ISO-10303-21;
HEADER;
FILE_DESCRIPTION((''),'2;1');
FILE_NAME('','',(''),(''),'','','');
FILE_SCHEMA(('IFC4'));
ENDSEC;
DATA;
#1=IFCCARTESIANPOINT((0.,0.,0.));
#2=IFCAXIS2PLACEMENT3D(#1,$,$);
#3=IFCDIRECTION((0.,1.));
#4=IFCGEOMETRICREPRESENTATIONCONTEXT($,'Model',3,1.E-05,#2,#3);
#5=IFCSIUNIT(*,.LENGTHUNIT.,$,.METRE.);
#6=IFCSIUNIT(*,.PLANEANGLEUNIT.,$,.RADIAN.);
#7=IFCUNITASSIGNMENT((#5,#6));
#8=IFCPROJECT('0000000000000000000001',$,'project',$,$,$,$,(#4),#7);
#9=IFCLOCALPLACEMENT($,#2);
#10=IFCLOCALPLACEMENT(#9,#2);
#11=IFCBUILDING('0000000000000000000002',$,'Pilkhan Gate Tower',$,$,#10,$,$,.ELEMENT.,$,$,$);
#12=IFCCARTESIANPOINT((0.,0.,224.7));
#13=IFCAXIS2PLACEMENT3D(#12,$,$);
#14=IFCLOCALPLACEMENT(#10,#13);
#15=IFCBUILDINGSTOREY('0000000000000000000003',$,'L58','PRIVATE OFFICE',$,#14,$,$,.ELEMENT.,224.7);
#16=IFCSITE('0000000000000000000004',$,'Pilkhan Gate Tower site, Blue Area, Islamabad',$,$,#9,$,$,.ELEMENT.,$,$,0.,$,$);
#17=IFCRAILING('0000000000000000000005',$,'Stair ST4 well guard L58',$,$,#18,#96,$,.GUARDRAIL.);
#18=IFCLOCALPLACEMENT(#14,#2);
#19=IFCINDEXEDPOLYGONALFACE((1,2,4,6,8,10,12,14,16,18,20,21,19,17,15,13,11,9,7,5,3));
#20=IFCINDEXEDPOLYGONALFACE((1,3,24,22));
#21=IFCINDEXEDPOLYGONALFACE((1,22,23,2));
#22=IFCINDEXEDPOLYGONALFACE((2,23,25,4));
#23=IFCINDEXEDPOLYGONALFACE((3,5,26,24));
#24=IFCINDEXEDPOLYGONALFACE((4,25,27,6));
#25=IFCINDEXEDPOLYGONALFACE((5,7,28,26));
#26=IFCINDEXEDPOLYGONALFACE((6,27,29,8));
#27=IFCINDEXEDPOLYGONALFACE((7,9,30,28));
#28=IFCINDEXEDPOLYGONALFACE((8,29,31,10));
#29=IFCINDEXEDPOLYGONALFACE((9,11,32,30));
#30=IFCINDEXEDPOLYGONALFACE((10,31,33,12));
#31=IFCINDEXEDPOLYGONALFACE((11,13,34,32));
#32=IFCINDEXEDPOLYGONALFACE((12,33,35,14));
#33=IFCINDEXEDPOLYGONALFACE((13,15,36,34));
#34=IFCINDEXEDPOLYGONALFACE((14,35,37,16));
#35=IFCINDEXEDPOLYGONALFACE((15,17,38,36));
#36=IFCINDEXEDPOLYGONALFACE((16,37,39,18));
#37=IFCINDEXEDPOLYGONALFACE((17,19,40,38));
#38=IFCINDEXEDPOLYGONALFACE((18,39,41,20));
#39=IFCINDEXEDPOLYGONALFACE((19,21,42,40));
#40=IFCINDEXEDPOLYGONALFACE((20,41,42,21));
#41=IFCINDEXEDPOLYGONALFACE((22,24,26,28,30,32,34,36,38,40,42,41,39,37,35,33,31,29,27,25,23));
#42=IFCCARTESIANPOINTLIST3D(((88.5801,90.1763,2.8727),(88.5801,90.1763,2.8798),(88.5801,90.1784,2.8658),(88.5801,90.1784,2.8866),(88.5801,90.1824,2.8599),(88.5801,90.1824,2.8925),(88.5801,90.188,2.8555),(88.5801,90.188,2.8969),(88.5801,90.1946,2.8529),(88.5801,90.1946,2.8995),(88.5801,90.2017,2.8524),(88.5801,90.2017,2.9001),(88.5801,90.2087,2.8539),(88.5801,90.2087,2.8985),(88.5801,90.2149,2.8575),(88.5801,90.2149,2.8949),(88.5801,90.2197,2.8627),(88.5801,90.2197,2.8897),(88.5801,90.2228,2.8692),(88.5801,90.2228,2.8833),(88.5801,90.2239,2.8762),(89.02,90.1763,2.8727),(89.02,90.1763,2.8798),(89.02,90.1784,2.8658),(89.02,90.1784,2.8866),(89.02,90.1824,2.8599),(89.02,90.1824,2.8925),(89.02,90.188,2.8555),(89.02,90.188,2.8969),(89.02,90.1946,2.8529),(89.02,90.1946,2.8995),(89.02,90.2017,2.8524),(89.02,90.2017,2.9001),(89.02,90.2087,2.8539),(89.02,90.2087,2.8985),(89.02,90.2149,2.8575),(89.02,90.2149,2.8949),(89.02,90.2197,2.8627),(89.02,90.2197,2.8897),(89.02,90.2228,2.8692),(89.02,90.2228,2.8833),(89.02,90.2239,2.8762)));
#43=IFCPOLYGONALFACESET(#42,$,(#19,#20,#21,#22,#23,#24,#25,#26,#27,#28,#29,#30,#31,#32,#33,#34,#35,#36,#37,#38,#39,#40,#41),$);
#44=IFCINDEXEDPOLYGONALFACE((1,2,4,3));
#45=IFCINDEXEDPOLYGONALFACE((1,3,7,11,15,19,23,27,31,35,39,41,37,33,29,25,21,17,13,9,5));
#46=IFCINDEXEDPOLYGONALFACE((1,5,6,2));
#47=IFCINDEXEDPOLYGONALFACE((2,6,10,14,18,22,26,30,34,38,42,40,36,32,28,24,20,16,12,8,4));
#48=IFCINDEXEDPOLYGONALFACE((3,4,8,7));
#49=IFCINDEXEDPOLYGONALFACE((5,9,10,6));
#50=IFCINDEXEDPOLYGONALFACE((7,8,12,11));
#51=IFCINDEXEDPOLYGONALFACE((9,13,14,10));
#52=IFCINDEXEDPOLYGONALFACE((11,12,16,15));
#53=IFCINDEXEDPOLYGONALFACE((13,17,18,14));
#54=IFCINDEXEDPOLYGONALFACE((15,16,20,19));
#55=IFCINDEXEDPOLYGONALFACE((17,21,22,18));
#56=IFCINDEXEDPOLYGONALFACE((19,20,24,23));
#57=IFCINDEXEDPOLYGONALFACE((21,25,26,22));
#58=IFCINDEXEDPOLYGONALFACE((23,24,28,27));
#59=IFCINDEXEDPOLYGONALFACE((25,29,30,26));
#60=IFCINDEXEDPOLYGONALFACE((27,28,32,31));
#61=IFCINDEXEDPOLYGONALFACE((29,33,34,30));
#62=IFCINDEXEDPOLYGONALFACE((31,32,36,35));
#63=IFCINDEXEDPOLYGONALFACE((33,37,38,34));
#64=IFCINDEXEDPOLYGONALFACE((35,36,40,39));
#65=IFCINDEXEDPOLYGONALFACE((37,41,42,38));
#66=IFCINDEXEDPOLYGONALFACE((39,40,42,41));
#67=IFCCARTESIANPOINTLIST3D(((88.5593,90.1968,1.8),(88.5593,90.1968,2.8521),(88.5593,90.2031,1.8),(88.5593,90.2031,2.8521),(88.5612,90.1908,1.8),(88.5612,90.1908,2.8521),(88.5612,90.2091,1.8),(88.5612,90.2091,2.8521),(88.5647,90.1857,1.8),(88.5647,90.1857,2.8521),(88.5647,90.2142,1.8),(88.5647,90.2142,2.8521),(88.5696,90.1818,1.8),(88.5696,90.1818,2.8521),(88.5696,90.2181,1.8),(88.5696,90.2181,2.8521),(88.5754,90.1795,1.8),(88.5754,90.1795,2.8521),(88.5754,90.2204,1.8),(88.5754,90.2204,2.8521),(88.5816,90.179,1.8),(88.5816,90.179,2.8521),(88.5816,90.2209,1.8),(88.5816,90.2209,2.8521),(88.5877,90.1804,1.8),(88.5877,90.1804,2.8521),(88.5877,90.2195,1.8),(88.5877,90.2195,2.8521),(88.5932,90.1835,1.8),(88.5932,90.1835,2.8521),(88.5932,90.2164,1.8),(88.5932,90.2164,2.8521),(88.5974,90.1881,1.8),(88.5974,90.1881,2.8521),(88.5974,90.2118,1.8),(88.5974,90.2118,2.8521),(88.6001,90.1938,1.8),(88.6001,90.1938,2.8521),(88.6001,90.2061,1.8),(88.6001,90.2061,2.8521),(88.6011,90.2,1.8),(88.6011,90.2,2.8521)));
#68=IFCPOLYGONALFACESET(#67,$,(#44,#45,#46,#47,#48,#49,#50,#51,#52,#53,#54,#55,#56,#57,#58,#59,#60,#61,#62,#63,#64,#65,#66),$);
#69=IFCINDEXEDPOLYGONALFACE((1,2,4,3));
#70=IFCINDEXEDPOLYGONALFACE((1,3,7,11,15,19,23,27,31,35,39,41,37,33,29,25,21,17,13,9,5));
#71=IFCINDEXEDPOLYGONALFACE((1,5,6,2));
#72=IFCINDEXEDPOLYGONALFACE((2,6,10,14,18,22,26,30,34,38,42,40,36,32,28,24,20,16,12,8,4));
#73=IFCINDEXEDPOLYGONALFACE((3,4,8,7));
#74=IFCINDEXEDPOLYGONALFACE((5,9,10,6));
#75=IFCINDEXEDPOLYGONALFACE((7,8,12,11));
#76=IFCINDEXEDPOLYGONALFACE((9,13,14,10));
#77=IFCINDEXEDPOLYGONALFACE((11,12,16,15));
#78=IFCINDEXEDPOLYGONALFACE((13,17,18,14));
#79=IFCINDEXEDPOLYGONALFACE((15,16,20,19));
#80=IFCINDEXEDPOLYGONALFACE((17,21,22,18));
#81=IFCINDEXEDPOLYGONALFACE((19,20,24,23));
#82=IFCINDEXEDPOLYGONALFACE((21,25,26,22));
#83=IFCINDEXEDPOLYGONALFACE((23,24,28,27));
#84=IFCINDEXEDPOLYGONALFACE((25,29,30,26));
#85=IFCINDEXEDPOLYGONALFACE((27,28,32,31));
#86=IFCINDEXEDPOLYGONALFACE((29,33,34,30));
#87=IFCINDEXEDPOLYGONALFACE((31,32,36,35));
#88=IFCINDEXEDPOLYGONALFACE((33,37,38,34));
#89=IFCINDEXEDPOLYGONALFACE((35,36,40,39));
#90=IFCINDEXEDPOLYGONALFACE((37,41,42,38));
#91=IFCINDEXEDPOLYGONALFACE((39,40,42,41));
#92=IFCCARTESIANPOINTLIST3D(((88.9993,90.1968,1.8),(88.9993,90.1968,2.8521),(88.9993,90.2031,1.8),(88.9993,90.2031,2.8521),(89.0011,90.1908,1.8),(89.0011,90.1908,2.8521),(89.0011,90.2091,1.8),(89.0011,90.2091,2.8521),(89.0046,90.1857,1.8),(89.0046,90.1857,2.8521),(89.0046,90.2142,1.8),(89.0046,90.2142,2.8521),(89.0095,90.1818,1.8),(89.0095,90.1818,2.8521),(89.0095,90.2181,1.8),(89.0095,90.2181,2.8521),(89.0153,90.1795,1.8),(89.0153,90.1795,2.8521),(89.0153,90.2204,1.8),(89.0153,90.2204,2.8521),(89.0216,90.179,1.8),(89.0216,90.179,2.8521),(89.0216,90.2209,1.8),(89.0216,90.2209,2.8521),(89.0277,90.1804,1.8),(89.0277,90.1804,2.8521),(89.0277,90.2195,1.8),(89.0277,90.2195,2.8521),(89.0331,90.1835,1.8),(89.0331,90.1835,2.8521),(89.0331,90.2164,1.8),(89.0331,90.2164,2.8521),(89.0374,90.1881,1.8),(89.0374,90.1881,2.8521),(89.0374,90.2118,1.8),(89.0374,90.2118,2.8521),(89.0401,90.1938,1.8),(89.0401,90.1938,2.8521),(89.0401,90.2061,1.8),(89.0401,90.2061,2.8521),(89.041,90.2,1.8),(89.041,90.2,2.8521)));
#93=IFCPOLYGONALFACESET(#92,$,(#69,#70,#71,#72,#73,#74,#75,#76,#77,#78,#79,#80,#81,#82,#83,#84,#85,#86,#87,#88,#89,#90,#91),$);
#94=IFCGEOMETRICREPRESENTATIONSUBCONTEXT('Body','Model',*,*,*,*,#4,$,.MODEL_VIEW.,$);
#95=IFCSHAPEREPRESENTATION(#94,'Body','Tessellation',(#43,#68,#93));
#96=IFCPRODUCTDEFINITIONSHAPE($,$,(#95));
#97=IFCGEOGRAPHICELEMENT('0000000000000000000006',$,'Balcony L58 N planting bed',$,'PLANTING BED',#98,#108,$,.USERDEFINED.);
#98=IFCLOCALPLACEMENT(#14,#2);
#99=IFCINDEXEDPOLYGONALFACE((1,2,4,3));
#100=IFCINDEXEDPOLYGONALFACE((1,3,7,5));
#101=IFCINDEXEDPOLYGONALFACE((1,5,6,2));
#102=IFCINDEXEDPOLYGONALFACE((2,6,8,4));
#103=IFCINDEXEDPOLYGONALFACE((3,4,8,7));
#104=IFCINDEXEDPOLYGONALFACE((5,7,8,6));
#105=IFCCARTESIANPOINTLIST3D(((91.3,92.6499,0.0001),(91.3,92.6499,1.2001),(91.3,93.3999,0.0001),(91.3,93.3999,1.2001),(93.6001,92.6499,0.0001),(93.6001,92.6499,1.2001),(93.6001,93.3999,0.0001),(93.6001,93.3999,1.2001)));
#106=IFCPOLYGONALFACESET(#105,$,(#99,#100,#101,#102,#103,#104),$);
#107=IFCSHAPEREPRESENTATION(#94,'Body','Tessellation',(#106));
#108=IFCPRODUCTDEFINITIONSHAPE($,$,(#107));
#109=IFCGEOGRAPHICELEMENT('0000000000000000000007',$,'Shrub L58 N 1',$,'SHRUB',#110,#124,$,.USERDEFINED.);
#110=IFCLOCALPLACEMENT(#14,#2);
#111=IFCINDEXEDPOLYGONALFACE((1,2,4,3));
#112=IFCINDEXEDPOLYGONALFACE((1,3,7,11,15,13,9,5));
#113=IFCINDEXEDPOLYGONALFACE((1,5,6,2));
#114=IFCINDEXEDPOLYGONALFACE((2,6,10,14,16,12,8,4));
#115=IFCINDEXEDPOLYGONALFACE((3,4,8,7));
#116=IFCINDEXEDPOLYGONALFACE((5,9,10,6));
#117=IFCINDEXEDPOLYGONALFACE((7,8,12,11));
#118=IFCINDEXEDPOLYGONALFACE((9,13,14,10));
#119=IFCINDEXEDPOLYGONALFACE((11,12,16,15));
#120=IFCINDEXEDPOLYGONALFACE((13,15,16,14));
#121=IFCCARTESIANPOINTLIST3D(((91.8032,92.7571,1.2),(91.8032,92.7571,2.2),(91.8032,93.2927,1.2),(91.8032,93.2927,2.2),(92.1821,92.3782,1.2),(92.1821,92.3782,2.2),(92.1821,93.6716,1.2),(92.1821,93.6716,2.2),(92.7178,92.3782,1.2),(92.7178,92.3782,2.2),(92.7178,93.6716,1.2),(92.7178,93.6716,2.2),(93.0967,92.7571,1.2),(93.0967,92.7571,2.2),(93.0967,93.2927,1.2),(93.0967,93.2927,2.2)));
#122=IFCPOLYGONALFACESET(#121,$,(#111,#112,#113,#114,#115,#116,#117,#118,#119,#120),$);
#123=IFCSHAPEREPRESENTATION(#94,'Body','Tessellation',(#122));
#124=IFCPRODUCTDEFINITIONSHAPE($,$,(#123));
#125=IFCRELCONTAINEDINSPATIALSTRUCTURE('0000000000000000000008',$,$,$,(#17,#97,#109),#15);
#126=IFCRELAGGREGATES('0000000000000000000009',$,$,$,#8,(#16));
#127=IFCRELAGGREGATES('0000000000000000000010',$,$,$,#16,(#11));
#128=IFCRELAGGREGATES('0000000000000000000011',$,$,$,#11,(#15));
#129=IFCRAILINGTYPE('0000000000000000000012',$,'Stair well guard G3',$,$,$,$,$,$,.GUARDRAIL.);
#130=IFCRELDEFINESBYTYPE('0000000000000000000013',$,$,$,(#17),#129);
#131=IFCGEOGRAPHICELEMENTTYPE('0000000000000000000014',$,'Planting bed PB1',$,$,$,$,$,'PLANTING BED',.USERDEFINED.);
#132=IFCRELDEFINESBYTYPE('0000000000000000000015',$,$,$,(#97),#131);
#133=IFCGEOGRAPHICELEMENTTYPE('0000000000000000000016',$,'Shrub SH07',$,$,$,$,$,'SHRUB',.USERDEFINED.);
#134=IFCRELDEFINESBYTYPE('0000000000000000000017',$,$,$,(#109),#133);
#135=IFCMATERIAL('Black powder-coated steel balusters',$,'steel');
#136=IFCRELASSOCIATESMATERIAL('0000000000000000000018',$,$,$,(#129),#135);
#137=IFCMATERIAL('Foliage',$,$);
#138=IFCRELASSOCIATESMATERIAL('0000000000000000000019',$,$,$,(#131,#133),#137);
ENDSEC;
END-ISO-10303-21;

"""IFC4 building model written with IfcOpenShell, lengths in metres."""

from ifc_helpers import new_model, si_unit, direction, frame, origin, origin_2d, place, context, subcontext, project, spatial, polyline, rectangle, circle, outline, extrude, material, material_profile, profile_set, type_object, element, save


model = new_model("IFC4")

# Units and contexts
model_context = context("Model", 3, precision=1e-05, world=origin(), true_north=direction((0.0, 1.0)))
body_context = subcontext(model_context, "Body", "Model", "MODEL_VIEW")
ifc_project = project(units=[si_unit("LENGTHUNIT", "METRE"), si_unit("PLANEANGLEUNIT", "RADIAN")], contexts=[model_context])

# Site, building, storey
site_placement = place(None, origin())
site = spatial("IfcSite", under=ifc_project, at=site_placement, Name="Pilkhan Gate Tower site, Blue Area, Islamabad", CompositionType="ELEMENT", RefElevation=0.0)
building_placement = place(site_placement, origin())
building = spatial("IfcBuilding", under=site, at=building_placement, Name="Pilkhan Gate Tower", CompositionType="ELEMENT")
storey_placement = place(building_placement, frame((0.0, 0.0, 224.7)))
storey = spatial("IfcBuildingStorey", under=building, at=storey_placement, Name="L58", Description="PRIVATE OFFICE", CompositionType="ELEMENT", Elevation=224.7)

# Railing
ifc_material_1 = material(Name="Black powder-coated steel balusters", Category="steel")
railing_type_1 = type_object("IfcRailingType", Name="Stair well guard G3", PredefinedType="GUARDRAIL", material=ifc_material_1)
railing_1_placement = place(storey_placement, frame((88.5801, 90.2, 1.8)))
element("IfcRailing", 1, at=railing_1_placement, inside=storey, type_object=railing_type_1, Name="Stair ST4 well guard L58", PredefinedType="GUARDRAIL", context=body_context, shape_type="SweptSolid", body=[
    extrude(circle(Radius=0.0239, at=origin_2d()), frame((0.0, 0.0, 1.0762), z_axis=(1.0, 0.0, 0.0), x_axis=(0.0, 1.0, 0.0)), (0.0, 0.0, 1.0), 0.4399),
    extrude(circle(Radius=0.021, at=origin_2d()), origin(), (0.0, 0.0, 1.0), 1.052),
    extrude(circle(Radius=0.021, at=origin_2d()), frame((0.4399, 0.0, 0.0)), (0.0, 0.0, 1.0), 1.052),
])

# Geographic elements
ifc_material_2 = material(Name="Foliage")
ifc_material_profile_1 = material_profile(ifc_material_2, rectangle(XDim=0.75, YDim=1.2, at=origin_2d()), Name="Bed 750x1200")
ifc_profile_set_1 = profile_set([ifc_material_profile_1], Name="Foliage")
geographic_element_type_1 = type_object("IfcGeographicElementType", Name="Planting bed PB1", ElementType="PLANTING BED", PredefinedType="USERDEFINED", material=ifc_profile_set_1)
geographic_element_1_placement = place(storey_placement, frame((91.3, 93.0249, 0.6001), z_axis=(1.0, 0.0, 0.0), x_axis=(0.0, 1.0, 0.0)))
element("IfcGeographicElement", 2, at=geographic_element_1_placement, inside=storey, type_object=geographic_element_type_1, Name="Balcony L58 N planting bed", ObjectType="PLANTING BED", PredefinedType="USERDEFINED", context=body_context, shape_type="SweptSolid", body=[
    extrude(rectangle(XDim=0.75, YDim=1.2, at=origin_2d()), origin(), (0.0, 0.0, 1.0), 2.3),
])
ifc_material_profile_2 = material_profile(ifc_material_2, outline(polyline([(0.6467, 0.2678), (0.2678, 0.6467), (-0.2678, 0.6467), (-0.6467, 0.2678), (-0.6467, -0.2678), (-0.2678, -0.6467), (0.2678, -0.6467), (0.6467, -0.2678), (0.6467, 0.2678)])), Name="Shrub D1.4")
ifc_profile_set_2 = profile_set([ifc_material_profile_2], Name="Foliage")
geographic_element_type_2 = type_object("IfcGeographicElementType", Name="Shrub SH07", ElementType="SHRUB", PredefinedType="USERDEFINED", material=ifc_profile_set_2)
geographic_element_2_placement = place(storey_placement, frame((92.45, 93.0249, 1.2), z_axis=(0.0, 0.0, 1.0), x_axis=(1.0, 0.0, 0.0)))
element("IfcGeographicElement", 3, at=geographic_element_2_placement, inside=storey, type_object=geographic_element_type_2, Name="Shrub L58 N 1", ObjectType="SHRUB", PredefinedType="USERDEFINED", context=body_context, shape_type="SweptSolid", body=[
    extrude(outline(polyline([(0.6467, 0.2678), (0.2678, 0.6467), (-0.2678, 0.6467), (-0.6467, 0.2678), (-0.6467, -0.2678), (-0.2678, -0.6467), (0.2678, -0.6467), (0.6467, -0.2678), (0.6467, 0.2678)])), origin(), (0.0, 0.0, 1.0), 1.0),
])

save(model, "model.ifc")
